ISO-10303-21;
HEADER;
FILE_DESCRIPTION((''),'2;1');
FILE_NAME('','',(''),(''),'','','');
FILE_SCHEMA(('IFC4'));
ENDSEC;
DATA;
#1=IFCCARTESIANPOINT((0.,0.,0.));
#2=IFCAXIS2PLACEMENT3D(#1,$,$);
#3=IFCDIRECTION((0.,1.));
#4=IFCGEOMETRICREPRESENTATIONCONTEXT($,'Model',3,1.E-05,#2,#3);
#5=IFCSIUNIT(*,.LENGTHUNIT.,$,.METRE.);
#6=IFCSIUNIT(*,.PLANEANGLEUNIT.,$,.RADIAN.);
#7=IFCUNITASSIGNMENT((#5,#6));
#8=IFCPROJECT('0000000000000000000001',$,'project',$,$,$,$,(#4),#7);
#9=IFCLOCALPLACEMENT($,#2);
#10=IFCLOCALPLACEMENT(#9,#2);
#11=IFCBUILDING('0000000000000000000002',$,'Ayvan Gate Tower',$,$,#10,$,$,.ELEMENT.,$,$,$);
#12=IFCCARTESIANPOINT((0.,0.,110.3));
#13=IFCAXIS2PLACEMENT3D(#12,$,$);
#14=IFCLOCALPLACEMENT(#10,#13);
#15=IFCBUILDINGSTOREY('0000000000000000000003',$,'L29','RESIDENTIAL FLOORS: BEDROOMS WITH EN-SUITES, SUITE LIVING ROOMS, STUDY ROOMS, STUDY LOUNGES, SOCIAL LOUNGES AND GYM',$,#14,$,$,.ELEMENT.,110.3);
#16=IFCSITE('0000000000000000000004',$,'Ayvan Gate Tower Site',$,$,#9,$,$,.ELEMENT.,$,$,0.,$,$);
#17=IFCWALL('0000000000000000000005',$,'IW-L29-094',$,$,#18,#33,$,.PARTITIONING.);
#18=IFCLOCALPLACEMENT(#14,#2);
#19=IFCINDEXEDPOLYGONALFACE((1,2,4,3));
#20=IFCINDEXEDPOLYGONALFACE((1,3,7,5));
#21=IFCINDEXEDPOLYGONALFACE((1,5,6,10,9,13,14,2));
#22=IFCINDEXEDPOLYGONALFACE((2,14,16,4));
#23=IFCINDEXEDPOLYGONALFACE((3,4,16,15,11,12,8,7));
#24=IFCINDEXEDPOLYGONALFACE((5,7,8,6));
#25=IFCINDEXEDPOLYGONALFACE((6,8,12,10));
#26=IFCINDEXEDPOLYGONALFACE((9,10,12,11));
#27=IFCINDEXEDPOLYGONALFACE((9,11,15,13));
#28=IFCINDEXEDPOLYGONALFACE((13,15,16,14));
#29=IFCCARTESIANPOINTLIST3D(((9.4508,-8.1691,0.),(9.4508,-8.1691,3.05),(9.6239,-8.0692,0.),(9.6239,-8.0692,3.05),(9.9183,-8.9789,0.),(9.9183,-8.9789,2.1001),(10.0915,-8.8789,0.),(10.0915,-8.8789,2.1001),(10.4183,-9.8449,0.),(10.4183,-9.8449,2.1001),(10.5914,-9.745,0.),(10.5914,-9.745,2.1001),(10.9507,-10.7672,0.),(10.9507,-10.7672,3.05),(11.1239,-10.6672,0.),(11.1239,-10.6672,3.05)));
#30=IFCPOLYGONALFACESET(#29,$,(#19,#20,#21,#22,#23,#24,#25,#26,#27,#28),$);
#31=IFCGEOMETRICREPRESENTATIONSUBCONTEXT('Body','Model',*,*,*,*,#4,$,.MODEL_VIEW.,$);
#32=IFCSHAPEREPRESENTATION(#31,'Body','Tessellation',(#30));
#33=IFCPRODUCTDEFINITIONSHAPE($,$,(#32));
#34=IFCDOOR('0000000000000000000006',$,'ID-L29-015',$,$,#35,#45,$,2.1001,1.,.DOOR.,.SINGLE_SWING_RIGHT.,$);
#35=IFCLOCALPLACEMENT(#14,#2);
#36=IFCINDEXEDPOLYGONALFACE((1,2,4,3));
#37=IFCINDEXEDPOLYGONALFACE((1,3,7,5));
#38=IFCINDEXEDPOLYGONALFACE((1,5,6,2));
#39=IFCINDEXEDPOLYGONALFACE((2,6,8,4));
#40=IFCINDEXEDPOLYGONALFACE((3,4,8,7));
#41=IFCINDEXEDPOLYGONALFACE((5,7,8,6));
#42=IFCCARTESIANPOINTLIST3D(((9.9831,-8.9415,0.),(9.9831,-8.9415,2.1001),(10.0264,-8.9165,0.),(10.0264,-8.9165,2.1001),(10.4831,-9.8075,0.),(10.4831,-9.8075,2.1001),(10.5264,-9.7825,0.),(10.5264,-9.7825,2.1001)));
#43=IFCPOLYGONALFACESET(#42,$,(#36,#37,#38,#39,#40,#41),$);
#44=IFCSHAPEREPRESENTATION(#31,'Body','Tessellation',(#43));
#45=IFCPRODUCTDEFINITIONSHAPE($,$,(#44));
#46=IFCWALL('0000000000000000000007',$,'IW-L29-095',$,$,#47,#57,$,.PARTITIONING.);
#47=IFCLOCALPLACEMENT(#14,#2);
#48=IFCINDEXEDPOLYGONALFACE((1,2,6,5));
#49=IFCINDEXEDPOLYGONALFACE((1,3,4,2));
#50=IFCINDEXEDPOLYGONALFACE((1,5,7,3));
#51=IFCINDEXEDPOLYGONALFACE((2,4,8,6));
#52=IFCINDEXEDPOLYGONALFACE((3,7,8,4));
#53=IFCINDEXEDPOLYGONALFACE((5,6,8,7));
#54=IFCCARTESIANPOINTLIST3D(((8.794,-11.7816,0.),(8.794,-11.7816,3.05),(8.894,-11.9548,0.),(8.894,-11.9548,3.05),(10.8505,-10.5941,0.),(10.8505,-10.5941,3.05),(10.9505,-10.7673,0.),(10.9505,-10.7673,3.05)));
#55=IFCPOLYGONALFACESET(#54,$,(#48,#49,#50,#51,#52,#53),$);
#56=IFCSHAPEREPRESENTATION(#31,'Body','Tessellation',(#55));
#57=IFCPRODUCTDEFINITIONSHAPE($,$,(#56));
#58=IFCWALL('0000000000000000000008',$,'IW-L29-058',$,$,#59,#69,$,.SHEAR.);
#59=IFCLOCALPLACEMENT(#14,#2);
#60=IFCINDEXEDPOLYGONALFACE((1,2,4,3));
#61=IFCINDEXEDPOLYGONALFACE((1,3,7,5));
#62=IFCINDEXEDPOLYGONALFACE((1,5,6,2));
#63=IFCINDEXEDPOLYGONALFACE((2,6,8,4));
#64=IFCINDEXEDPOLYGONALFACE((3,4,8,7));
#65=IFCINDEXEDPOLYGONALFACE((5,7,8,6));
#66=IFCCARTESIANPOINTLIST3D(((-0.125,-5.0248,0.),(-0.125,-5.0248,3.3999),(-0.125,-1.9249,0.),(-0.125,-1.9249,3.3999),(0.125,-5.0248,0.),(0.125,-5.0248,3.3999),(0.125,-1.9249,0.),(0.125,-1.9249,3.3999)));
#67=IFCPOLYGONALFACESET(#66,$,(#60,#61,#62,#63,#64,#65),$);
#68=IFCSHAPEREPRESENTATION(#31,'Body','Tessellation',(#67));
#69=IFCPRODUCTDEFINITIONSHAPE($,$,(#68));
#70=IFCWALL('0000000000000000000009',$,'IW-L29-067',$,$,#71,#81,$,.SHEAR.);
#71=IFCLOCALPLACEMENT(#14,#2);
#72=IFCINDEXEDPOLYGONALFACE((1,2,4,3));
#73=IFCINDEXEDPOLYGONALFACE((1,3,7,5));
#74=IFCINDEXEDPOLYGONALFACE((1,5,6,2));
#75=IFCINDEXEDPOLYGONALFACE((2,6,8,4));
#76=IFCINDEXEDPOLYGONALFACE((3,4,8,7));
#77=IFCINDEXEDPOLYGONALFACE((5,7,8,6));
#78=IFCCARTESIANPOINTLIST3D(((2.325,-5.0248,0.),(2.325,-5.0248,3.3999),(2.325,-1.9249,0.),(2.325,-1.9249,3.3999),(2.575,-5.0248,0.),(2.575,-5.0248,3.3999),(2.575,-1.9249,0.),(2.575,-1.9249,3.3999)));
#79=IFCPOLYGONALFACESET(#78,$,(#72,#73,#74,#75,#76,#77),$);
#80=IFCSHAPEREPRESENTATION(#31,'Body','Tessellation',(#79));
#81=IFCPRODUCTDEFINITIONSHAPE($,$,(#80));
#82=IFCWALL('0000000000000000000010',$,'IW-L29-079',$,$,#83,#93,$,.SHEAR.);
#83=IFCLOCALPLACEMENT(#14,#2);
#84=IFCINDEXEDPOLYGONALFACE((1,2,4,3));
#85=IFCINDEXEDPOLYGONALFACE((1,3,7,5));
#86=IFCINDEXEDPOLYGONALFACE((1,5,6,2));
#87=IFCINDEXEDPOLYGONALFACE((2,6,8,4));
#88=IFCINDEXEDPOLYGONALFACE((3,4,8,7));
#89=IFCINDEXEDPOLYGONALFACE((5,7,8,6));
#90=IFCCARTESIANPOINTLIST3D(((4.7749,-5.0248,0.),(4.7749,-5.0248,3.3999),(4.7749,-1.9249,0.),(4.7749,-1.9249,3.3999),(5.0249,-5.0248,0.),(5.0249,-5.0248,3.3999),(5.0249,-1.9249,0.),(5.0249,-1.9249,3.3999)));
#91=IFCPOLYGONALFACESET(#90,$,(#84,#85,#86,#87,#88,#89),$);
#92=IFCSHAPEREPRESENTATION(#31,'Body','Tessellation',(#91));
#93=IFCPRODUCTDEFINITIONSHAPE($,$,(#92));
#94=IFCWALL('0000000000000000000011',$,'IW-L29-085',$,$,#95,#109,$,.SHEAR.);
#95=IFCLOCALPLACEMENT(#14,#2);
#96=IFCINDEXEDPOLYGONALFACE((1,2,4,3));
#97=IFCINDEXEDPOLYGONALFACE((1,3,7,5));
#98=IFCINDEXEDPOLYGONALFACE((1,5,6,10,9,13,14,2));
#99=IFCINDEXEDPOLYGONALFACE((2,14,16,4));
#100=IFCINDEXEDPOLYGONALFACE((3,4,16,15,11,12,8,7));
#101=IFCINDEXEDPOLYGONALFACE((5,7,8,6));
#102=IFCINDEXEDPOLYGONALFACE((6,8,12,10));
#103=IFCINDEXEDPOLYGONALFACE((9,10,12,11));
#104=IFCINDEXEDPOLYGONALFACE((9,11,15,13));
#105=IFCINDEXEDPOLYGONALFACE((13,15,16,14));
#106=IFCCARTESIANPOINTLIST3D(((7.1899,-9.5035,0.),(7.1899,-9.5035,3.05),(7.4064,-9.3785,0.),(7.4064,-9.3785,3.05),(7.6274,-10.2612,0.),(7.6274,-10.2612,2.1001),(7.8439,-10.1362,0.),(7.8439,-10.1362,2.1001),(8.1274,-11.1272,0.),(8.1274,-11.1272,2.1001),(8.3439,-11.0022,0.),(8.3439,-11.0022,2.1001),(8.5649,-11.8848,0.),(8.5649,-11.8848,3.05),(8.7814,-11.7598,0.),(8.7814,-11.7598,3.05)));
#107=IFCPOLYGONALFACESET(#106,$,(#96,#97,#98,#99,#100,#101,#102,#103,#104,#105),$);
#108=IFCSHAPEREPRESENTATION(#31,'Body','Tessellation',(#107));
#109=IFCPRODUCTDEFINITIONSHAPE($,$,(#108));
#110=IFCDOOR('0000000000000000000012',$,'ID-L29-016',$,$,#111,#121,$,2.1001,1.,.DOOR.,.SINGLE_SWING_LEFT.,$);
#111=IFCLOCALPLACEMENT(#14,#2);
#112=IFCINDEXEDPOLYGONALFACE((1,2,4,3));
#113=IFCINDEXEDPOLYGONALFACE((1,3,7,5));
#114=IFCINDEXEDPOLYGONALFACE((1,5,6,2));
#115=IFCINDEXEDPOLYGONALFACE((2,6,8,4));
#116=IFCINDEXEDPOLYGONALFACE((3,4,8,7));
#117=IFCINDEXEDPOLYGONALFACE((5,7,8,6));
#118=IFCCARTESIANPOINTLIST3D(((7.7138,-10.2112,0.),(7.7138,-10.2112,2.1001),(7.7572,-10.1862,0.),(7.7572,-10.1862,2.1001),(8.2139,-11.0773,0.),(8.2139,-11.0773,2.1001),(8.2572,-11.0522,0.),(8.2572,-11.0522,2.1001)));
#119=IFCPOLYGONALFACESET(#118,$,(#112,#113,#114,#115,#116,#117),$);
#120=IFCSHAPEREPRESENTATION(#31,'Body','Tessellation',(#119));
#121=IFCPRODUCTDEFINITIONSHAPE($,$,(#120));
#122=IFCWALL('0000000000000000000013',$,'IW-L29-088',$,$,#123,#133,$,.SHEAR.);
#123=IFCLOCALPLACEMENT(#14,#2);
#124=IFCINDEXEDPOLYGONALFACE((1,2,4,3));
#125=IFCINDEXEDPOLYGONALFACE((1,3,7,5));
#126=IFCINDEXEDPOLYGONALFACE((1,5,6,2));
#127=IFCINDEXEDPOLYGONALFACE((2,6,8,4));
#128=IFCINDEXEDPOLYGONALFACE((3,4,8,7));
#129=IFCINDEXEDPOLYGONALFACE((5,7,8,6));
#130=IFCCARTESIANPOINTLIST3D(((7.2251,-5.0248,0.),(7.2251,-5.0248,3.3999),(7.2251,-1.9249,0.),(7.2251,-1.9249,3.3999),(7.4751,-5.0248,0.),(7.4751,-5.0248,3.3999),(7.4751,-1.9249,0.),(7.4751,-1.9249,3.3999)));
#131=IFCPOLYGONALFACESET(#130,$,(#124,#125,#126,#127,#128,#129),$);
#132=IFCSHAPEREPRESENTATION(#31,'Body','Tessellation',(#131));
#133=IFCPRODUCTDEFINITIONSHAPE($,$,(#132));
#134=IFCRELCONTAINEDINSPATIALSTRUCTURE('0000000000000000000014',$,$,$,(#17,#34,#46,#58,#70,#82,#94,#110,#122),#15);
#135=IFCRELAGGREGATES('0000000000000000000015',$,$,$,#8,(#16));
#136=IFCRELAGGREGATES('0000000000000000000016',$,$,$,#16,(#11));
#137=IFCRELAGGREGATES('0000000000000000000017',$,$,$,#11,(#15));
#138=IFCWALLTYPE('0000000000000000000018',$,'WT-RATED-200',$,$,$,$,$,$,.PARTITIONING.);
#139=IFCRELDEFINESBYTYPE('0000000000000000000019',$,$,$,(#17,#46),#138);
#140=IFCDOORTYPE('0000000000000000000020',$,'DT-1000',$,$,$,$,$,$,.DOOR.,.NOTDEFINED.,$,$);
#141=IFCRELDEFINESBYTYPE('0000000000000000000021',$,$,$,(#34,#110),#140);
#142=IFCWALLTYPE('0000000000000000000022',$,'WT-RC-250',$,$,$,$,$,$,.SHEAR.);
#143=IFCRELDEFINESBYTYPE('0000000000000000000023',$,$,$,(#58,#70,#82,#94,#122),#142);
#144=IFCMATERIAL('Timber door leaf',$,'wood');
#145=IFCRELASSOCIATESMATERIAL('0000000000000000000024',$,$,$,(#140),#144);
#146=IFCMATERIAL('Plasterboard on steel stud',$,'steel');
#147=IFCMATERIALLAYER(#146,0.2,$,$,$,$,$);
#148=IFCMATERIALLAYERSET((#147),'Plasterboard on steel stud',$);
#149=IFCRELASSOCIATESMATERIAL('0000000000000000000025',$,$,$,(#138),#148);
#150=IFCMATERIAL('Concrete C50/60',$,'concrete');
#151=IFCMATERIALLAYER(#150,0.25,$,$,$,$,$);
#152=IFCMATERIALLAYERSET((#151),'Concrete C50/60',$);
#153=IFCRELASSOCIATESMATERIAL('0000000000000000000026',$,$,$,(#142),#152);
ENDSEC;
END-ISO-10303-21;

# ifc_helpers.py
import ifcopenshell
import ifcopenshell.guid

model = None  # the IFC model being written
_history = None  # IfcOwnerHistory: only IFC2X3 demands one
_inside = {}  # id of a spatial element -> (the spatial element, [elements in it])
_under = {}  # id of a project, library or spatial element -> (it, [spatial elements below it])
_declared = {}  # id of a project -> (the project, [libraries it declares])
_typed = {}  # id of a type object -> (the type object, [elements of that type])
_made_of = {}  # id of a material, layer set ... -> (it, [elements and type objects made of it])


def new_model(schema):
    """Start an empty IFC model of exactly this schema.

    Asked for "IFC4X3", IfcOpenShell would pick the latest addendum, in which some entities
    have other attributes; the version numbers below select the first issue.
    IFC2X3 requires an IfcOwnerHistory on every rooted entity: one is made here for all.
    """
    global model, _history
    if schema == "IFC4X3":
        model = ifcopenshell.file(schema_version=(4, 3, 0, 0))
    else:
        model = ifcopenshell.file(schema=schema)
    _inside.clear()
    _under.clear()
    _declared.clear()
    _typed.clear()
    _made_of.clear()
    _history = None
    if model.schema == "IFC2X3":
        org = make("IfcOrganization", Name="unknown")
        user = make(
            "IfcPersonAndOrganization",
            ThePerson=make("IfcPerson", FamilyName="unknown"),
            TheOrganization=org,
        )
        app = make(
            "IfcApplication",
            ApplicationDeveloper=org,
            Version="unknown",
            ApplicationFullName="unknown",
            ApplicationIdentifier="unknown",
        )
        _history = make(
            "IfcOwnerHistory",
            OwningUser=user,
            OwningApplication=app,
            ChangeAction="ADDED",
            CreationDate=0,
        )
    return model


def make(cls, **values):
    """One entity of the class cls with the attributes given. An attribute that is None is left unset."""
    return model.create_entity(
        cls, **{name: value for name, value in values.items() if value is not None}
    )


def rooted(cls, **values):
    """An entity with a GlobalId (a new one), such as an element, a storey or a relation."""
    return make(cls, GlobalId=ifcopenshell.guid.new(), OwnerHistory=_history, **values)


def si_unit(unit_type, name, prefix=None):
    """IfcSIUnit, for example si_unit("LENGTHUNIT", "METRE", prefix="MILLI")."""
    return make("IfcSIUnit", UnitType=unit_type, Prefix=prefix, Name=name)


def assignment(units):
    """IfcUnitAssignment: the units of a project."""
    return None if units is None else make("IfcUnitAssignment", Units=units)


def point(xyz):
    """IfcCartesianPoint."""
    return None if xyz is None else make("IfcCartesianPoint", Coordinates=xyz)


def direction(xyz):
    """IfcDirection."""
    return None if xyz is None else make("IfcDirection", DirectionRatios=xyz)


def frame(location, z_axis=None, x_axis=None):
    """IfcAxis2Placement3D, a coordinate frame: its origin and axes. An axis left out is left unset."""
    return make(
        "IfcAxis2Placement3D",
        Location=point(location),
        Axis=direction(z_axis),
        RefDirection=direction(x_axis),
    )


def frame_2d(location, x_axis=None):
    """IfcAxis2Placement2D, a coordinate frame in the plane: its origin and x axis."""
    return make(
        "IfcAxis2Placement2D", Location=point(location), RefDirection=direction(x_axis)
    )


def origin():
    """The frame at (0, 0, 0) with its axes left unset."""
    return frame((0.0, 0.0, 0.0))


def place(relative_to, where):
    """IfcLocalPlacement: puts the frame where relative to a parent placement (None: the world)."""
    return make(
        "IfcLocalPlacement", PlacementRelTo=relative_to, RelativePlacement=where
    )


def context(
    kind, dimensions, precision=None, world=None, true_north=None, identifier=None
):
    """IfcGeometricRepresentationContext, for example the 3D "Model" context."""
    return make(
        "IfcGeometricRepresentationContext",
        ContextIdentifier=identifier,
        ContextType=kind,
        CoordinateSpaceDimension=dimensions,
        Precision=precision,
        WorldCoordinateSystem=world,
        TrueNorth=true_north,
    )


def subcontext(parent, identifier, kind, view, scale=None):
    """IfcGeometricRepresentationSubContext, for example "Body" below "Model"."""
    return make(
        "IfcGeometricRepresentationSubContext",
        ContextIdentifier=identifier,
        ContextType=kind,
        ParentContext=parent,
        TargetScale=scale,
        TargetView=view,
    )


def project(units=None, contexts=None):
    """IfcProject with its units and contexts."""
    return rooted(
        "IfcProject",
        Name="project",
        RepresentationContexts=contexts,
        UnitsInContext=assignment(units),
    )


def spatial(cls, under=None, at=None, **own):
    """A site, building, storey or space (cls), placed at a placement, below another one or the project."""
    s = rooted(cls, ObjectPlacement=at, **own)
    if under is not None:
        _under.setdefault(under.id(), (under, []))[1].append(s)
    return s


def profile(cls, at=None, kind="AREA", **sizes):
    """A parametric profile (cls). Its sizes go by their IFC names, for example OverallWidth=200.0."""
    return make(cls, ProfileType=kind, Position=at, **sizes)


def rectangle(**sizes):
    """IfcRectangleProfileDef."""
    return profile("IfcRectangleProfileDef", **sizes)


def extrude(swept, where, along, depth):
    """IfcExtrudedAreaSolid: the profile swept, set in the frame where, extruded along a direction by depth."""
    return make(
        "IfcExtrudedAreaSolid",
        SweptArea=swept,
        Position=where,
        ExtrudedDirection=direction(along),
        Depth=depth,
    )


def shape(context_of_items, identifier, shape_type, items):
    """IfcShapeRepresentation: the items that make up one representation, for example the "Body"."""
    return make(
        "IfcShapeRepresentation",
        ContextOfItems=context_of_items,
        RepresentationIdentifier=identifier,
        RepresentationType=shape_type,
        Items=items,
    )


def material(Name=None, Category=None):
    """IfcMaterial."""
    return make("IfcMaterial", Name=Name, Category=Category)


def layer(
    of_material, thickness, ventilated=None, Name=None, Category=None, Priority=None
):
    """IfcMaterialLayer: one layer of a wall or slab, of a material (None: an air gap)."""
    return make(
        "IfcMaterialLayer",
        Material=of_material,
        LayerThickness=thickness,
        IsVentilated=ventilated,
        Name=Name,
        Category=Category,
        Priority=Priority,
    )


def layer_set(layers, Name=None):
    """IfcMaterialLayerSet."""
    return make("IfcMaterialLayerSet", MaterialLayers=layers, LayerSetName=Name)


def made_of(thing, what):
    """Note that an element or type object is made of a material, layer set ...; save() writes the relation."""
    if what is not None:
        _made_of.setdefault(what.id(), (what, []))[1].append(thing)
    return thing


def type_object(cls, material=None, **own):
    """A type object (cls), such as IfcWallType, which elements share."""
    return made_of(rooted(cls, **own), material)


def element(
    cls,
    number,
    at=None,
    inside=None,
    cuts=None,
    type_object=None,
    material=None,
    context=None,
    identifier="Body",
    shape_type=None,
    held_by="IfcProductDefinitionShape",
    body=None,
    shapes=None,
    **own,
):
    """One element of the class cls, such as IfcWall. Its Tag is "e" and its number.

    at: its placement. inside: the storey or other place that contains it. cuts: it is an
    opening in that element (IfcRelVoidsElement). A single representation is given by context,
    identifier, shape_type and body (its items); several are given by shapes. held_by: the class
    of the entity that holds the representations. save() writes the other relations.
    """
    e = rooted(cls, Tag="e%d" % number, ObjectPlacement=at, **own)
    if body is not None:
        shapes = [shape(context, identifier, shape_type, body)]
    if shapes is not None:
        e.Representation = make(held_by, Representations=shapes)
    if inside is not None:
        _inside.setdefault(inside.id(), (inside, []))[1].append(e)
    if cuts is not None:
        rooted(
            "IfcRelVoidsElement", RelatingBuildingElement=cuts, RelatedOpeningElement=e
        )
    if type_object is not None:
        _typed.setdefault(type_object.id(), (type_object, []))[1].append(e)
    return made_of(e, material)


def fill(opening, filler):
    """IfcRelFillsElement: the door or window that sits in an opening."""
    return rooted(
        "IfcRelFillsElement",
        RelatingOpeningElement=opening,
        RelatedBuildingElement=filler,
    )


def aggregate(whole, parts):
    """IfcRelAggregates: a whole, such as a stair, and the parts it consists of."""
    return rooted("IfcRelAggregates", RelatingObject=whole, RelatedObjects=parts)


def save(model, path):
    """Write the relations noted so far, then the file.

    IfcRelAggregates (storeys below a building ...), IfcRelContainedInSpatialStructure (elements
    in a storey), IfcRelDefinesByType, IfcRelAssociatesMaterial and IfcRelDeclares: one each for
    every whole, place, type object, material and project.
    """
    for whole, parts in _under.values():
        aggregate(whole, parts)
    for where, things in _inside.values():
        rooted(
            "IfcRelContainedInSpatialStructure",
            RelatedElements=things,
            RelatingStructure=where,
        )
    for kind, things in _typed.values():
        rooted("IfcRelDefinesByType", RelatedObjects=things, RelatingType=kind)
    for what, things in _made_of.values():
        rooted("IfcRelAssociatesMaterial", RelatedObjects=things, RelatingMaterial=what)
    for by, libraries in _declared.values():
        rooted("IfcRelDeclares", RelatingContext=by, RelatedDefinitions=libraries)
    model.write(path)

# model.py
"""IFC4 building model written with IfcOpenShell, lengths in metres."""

from ifc_helpers import new_model, si_unit, direction, frame, frame_2d, origin, place, context, subcontext, project, spatial, rectangle, extrude, material, layer, layer_set, type_object, element, fill, save


model = new_model("IFC4")

# Units and contexts
model_context = context("Model", 3, precision=1e-05, world=origin(), true_north=direction((0.0, 1.0)))
body_context = subcontext(model_context, "Body", "Model", "MODEL_VIEW")
ifc_project = project(units=[si_unit("LENGTHUNIT", "METRE"), si_unit("PLANEANGLEUNIT", "RADIAN")], contexts=[model_context])

# Site, building, storey
site_placement = place(None, origin())
site = spatial("IfcSite", under=ifc_project, at=site_placement, Name="Ayvan Gate Tower Site", CompositionType="ELEMENT", RefElevation=0.0)
building_placement = place(site_placement, origin())
building = spatial("IfcBuilding", under=site, at=building_placement, Name="Ayvan Gate Tower", CompositionType="ELEMENT")
storey_placement = place(building_placement, frame((0.0, 0.0, 110.3)))
storey = spatial("IfcBuildingStorey", under=building, at=storey_placement, Name="L29", Description="RESIDENTIAL FLOORS: BEDROOMS WITH EN-SUITES, SUITE LIVING ROOMS, STUDY ROOMS, STUDY LOUNGES, SOCIAL LOUNGES AND GYM", CompositionType="ELEMENT", Elevation=110.3)

# Shared definitions
ifc_material_1 = material(Name="Timber door leaf", Category="wood")

# Shared definitions
ifc_material_2 = material(Name="Plasterboard on steel stud", Category="steel")

# Shared definitions
door_type_1 = type_object("IfcDoorType", Name="DT-1000", OperationType="NOTDEFINED", PredefinedType="DOOR", material=ifc_material_1)

# Shared definitions
ifc_layer_1 = layer(ifc_material_2, 0.2)
ifc_layer_set_1 = layer_set([ifc_layer_1], Name="Plasterboard on steel stud")
wall_type_1 = type_object("IfcWallType", Name="WT-RATED-200", PredefinedType="PARTITIONING", material=ifc_layer_set_1)

# Wall, opening, door
wall_1_placement = place(storey_placement, frame((9.5374, -8.1191, 0.0), z_axis=(0.0, 0.0, 1.0), x_axis=(0.49999, -0.866031, 0.0)))
wall_1 = element("IfcWall", 1, at=wall_1_placement, inside=storey, type_object=wall_type_1, Name="IW-L29-094", PredefinedType="PARTITIONING", context=body_context, shape_type="SweptSolid", body=[
    extrude(rectangle(XDim=3.0, YDim=0.2, at=frame_2d((1.5, 0.0))), origin(), (0.0, 0.0, 1.0), 3.05),
])
opening_1_placement = place(wall_1_placement, frame((0.9351, 0.0, 0.0)))
opening_1 = element("IfcOpeningElement", 2, at=opening_1_placement, cuts=wall_1, PredefinedType="OPENING", context=body_context, shape_type="SweptSolid", body=[
    extrude(rectangle(XDim=1.0, YDim=2.1001, at=frame_2d((0.5, 1.05))), frame((0.0, 0.1099, 0.0), z_axis=(0.0, -1.0, 0.0), x_axis=(1.0, 0.0, 0.0)), (0.0, 0.0, 1.0), 0.22),
])
door_1_placement = place(opening_1_placement, origin())
door_1 = element("IfcDoor", 3, at=door_1_placement, inside=storey, type_object=door_type_1, Name="ID-L29-015", OperationType="SINGLE_SWING_RIGHT", OverallHeight=2.1001, OverallWidth=1.0, PredefinedType="DOOR", context=body_context, shape_type="SweptSolid", body=[
    extrude(rectangle(XDim=1.0, YDim=2.1001, at=frame_2d((0.5, 1.05))), frame((0.0, 0.0249, 0.0), z_axis=(0.0, -1.0, 0.0), x_axis=(1.0, 0.0, 0.0)), (0.0, 0.0, 1.0), 0.05),
])
fill(opening_1, door_1)

# Walls
wall_2_placement = place(storey_placement, frame((10.9006, -10.6807, 0.0), z_axis=(0.0, 0.0, 1.0), x_axis=(-0.866008, -0.500031, 0.0)))
element("IfcWall", 4, at=wall_2_placement, inside=storey, type_object=wall_type_1, Name="IW-L29-095", PredefinedType="PARTITIONING", context=body_context, shape_type="SweptSolid", body=[
    extrude(rectangle(XDim=2.3748, YDim=0.2, at=frame_2d((1.1875, 0.0))), origin(), (0.0, 0.0, 1.0), 3.05),
])
ifc_material_3 = material(Name="Concrete C50/60", Category="concrete")
ifc_layer_2 = layer(ifc_material_3, 0.25)
ifc_layer_set_2 = layer_set([ifc_layer_2], Name="Concrete C50/60")
wall_type_2 = type_object("IfcWallType", Name="WT-RC-250", PredefinedType="SHEAR", material=ifc_layer_set_2)
for number, where, z_axis, x_axis, name in (
    (5, (0.0, -1.925, 0.0), (0.0, 0.0, 1.0), (0.0, -1.0, 0.0), "IW-L29-058"),
    (6, (2.45, -1.925, 0.0), (0.0, 0.0, 1.0), (0.0, -1.0, 0.0), "IW-L29-067"),
    (7, (4.8999, -1.925, 0.0), (0.0, 0.0, 1.0), (0.0, -1.0, 0.0), "IW-L29-079"),
):
    element("IfcWall", number, at=place(storey_placement, frame(where, z_axis=z_axis, x_axis=x_axis)), inside=storey, type_object=wall_type_2, Name=name, PredefinedType="SHEAR", context=body_context, shape_type="SweptSolid", body=[
        extrude(rectangle(XDim=3.0999, YDim=0.25, at=frame_2d((1.5498, 0.0))), origin(), (0.0, 0.0, 1.0), 3.3999),
    ])

# Wall, opening, door
wall_3_placement = place(storey_placement, frame((7.2981, -9.4409, 0.0), z_axis=(0.0, 0.0, 1.0), x_axis=(0.500035, -0.866005, 0.0)))
wall_3 = element("IfcWall", 8, at=wall_3_placement, inside=storey, type_object=wall_type_2, Name="IW-L29-085", PredefinedType="SHEAR", context=body_context, shape_type="SweptSolid", body=[
    extrude(rectangle(XDim=2.7498, YDim=0.25, at=frame_2d((1.375, 0.0))), origin(), (0.0, 0.0, 1.0), 3.05),
])
opening_2_placement = place(wall_3_placement, frame((0.875, 0.0, 0.0)))
opening_2 = element("IfcOpeningElement", 9, at=opening_2_placement, cuts=wall_3, PredefinedType="OPENING", context=body_context, shape_type="SweptSolid", body=[
    extrude(rectangle(XDim=1.0, YDim=2.1001, at=frame_2d((0.5, 1.05))), frame((0.0, 0.135, 0.0), z_axis=(0.0, -1.0, 0.0), x_axis=(1.0, 0.0, 0.0)), (0.0, 0.0, 1.0), 0.27),
])
door_2_placement = place(opening_2_placement, origin())
door_2 = element("IfcDoor", 10, at=door_2_placement, inside=storey, type_object=door_type_1, Name="ID-L29-016", OperationType="SINGLE_SWING_LEFT", OverallHeight=2.1001, OverallWidth=1.0, PredefinedType="DOOR", context=body_context, shape_type="SweptSolid", body=[
    extrude(rectangle(XDim=1.0, YDim=2.1001, at=frame_2d((0.5, 1.05))), frame((0.0, 0.0249, 0.0), z_axis=(0.0, -1.0, 0.0), x_axis=(1.0, 0.0, 0.0)), (0.0, 0.0, 1.0), 0.05),
])
fill(opening_2, door_2)

# Wall
wall_4_placement = place(storey_placement, frame((7.3501, -1.925, 0.0), z_axis=(0.0, 0.0, 1.0), x_axis=(0.0, -1.0, 0.0)))
element("IfcWall", 11, at=wall_4_placement, inside=storey, type_object=wall_type_2, Name="IW-L29-088", PredefinedType="SHEAR", context=body_context, shape_type="SweptSolid", body=[
    extrude(rectangle(XDim=3.0999, YDim=0.25, at=frame_2d((1.5498, 0.0))), origin(), (0.0, 0.0, 1.0), 3.3999),
])

save(model, "model.ifc")
